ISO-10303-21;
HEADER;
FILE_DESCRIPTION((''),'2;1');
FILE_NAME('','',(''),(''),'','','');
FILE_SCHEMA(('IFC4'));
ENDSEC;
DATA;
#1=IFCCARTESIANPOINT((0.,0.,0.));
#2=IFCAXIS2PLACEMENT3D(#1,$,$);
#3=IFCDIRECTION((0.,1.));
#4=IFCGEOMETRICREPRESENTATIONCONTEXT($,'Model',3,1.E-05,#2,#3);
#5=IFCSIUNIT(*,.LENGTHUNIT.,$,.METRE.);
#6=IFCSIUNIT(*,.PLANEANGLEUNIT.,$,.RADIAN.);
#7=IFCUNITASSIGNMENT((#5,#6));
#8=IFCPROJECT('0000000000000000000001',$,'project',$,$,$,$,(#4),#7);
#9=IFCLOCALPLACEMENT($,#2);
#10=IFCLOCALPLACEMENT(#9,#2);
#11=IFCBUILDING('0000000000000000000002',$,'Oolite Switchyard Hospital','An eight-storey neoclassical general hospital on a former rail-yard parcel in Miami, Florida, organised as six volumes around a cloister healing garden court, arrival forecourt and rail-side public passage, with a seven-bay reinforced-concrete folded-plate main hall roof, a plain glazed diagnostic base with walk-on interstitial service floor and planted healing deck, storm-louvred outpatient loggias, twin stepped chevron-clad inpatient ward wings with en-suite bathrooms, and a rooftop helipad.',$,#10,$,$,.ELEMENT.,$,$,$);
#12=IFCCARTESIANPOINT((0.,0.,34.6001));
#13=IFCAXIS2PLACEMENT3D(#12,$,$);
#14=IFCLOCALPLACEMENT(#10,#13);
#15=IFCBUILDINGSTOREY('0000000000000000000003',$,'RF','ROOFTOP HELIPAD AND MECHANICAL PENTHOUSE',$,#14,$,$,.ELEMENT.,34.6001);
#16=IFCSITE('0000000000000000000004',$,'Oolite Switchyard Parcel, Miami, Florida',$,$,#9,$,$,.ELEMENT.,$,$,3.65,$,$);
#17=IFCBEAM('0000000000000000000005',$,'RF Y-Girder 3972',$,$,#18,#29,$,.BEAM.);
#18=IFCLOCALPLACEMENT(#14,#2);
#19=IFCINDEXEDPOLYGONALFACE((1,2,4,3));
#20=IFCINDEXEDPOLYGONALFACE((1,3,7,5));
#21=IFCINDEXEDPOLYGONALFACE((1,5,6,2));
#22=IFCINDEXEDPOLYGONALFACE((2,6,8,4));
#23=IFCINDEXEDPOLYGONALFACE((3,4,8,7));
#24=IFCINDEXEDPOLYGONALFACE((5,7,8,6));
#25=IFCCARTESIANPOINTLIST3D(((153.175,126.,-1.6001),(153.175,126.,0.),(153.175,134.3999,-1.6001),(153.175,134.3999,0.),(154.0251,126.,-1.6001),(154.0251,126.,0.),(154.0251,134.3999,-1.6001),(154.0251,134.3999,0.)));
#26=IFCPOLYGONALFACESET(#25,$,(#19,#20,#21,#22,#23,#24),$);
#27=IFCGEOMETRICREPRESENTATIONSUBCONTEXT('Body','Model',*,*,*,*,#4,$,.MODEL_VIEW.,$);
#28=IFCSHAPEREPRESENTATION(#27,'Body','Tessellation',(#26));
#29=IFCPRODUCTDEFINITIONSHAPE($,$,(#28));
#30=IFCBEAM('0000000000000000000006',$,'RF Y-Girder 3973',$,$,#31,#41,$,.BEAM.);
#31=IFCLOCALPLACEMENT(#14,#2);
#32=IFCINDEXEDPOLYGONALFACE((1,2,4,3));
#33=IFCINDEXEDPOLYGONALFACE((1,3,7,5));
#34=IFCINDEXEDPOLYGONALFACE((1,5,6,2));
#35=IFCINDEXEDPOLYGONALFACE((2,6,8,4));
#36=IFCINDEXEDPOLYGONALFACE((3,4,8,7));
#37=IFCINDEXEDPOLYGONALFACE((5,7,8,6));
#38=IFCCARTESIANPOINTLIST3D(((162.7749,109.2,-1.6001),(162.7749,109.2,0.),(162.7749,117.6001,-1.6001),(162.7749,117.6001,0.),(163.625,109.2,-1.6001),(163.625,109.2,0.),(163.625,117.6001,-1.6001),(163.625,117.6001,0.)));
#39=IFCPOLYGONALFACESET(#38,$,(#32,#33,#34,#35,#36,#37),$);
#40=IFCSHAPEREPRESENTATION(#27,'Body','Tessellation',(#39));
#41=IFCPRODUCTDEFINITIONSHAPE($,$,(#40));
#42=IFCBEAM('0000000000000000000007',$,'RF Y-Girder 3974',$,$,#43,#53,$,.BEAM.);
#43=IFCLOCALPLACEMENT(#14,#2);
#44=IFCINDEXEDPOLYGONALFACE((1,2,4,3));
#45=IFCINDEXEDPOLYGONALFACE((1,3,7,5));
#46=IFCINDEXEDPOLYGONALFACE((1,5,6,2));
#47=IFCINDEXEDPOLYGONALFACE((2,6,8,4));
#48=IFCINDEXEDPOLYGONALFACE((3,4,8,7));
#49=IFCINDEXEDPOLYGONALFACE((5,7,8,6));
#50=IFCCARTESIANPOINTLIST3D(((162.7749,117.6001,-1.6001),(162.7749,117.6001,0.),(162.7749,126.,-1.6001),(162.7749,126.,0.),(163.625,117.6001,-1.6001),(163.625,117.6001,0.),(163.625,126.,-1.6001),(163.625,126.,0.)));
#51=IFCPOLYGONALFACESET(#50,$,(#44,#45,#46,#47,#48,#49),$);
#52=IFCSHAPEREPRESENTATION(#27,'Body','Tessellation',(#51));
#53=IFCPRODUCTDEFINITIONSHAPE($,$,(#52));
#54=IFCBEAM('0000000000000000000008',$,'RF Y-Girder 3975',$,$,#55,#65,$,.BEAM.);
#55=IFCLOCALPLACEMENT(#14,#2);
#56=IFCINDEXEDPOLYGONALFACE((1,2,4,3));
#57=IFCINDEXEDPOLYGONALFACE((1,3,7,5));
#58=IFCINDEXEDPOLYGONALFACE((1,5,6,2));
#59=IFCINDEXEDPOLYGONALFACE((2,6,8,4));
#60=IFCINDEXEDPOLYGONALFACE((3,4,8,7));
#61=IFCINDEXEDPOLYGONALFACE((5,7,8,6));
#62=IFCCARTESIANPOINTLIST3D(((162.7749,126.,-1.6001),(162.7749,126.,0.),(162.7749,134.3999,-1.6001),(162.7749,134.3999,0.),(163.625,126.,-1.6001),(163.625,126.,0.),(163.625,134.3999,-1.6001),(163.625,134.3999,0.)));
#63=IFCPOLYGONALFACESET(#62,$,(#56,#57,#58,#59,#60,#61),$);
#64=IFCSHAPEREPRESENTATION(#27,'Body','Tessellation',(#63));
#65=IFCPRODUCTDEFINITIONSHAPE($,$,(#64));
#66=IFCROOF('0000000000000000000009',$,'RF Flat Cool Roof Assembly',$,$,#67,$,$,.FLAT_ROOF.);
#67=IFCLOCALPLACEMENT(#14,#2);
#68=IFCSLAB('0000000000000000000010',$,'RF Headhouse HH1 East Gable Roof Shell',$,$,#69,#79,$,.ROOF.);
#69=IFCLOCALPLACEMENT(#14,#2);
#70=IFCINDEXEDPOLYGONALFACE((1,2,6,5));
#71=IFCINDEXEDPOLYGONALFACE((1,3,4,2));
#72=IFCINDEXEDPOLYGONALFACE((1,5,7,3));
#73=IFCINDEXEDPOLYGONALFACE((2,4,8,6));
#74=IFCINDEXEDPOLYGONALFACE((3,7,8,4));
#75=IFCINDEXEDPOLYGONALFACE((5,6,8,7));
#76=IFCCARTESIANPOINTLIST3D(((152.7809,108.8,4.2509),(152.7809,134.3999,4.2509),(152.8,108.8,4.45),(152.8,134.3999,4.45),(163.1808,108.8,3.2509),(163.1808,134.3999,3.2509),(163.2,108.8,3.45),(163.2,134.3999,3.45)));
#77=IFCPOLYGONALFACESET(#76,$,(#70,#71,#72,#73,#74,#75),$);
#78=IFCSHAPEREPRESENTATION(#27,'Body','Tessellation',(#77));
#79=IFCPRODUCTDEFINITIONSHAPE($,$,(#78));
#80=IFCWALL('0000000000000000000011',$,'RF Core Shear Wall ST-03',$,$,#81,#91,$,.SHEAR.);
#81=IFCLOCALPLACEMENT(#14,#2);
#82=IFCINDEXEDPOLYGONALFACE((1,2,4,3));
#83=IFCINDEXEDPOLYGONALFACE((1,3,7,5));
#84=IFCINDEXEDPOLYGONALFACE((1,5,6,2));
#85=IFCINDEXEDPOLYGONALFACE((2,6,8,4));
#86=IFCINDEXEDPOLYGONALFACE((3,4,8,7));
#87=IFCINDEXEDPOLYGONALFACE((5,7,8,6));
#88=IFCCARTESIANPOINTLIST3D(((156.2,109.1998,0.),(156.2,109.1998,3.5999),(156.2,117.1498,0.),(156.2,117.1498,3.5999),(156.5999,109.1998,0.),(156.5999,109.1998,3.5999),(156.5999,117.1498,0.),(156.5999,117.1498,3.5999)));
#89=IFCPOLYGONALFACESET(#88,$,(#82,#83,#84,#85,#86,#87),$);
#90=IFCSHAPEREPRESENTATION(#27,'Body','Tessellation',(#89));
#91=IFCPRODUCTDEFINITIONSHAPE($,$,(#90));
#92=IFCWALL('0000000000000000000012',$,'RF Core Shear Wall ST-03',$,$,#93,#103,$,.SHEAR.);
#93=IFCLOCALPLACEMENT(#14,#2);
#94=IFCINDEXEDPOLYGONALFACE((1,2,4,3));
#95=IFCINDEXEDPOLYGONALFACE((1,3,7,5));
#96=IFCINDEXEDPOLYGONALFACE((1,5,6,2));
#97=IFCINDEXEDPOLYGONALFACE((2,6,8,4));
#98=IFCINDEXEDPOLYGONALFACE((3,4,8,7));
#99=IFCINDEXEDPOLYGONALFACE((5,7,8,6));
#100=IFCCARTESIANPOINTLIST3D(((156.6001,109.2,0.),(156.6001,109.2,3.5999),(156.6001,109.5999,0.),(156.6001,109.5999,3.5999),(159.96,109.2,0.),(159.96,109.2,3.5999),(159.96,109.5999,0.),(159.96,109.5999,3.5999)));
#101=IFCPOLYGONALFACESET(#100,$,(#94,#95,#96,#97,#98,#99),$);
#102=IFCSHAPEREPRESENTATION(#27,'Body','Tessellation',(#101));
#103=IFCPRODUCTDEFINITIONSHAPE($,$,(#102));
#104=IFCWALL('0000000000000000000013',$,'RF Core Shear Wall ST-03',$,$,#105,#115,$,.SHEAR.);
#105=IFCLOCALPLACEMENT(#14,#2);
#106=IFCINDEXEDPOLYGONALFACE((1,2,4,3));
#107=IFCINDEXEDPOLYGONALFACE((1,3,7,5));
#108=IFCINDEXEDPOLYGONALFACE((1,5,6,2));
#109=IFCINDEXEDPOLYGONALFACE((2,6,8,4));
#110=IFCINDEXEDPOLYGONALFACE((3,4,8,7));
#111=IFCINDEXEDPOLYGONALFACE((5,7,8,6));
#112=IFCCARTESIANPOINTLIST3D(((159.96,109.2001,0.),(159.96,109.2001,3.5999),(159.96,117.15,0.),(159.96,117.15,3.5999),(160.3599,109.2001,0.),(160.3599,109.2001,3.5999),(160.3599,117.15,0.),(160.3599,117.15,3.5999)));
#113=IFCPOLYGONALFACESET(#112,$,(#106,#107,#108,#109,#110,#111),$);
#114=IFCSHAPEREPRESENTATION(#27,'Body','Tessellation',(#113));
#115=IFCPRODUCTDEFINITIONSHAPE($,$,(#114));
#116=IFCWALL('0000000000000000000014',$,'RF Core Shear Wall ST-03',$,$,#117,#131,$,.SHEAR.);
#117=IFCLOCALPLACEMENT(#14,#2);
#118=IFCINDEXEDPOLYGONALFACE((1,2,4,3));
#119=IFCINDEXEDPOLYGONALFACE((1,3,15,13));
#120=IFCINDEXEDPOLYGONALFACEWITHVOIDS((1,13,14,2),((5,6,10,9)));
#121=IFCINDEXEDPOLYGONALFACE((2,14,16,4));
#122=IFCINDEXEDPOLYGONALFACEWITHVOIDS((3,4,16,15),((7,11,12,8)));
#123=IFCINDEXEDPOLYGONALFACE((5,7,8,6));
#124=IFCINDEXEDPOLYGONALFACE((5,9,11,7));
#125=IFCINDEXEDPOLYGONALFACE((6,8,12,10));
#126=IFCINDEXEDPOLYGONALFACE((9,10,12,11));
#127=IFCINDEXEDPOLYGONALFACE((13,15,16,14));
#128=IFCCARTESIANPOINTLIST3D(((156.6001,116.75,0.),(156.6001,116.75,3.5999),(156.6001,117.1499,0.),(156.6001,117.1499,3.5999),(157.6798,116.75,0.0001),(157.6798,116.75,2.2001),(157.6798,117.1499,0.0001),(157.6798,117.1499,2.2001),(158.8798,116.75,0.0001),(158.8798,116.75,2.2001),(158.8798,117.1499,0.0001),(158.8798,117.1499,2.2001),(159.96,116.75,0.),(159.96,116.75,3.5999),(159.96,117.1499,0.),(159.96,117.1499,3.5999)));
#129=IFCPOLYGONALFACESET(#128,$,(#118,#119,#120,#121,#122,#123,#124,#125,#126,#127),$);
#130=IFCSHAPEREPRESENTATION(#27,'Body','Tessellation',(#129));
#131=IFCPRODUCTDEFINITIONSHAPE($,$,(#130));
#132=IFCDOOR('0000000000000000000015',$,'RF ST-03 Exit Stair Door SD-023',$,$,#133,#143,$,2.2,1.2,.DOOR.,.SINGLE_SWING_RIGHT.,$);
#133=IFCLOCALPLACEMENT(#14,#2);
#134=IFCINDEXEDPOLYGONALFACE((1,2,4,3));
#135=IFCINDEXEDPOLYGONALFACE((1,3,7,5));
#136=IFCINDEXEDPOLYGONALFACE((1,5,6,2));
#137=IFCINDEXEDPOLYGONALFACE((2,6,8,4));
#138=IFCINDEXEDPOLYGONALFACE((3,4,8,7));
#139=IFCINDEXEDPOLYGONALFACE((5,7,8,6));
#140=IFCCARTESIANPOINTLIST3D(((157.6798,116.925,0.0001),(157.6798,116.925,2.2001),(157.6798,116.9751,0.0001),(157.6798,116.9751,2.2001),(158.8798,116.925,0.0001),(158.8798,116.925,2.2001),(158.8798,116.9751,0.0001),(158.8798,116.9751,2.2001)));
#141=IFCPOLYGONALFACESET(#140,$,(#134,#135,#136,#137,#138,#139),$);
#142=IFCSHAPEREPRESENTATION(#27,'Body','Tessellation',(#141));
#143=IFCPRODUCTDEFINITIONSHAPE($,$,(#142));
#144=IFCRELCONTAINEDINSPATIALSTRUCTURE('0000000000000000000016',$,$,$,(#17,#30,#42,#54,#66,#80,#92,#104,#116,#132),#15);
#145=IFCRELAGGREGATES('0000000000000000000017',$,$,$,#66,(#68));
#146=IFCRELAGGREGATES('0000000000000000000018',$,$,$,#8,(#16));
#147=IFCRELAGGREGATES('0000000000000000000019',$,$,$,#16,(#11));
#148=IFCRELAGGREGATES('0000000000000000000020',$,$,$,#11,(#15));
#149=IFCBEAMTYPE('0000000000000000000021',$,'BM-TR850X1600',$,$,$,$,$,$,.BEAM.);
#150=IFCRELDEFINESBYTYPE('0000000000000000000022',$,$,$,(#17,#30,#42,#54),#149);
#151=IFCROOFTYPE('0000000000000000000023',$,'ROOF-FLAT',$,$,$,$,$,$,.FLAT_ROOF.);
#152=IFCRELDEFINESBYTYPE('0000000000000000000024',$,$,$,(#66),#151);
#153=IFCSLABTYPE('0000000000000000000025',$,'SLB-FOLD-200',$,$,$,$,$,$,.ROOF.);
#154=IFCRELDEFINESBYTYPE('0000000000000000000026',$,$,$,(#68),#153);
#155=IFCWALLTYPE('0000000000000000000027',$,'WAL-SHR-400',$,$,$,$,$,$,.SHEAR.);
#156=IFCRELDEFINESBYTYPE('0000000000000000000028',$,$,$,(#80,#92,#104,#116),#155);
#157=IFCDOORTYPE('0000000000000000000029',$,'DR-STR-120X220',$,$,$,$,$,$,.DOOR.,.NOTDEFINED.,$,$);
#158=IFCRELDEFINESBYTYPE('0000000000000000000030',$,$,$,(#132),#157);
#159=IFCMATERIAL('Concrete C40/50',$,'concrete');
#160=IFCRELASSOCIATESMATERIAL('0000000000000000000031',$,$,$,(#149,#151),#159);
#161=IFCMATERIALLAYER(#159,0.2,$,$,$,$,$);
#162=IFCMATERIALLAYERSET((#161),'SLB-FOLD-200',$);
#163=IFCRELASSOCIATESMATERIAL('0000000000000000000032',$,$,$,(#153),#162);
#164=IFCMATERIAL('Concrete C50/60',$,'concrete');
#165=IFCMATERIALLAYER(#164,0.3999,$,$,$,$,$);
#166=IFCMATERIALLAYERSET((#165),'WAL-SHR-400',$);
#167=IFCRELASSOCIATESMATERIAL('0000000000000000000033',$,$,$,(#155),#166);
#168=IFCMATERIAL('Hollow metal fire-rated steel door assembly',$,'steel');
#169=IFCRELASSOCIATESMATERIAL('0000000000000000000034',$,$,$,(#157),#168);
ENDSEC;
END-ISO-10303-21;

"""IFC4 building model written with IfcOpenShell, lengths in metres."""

from ifc_helpers import new_model, si_unit, direction, frame, frame_2d, origin, origin_2d, place, context, subcontext, project, spatial, polyline, rectangle, outline, extrude, material, layer, layer_set, material_profile, profile_set, type_object, element, fill, aggregate, save


model = new_model("IFC4")

# Units and contexts
model_context = context("Model", 3, precision=1e-05, world=origin(), true_north=direction((0.0, 1.0)))
body_context = subcontext(model_context, "Body", "Model", "MODEL_VIEW")
ifc_project = project(units=[si_unit("LENGTHUNIT", "METRE"), si_unit("PLANEANGLEUNIT", "RADIAN")], contexts=[model_context])

# Site, building, storey
site_placement = place(None, origin())
site = spatial("IfcSite", under=ifc_project, at=site_placement, Name="Oolite Switchyard Parcel, Miami, Florida", CompositionType="ELEMENT", RefElevation=3.65)
building_placement = place(site_placement, origin())
building = spatial("IfcBuilding", under=site, at=building_placement, Name="Oolite Switchyard Hospital", Description="An eight-storey neoclassical general hospital on a former rail-yard parcel in Miami, Florida, organised as six volumes around a cloister healing garden court, arrival forecourt and rail-side public passage, with a seven-bay reinforced-concrete folded-plate main hall roof, a plain glazed diagnostic base with walk-on interstitial service floor and planted healing deck, storm-louvred outpatient loggias, twin stepped chevron-clad inpatient ward wings with en-suite bathrooms, and a rooftop helipad.", CompositionType="ELEMENT")
storey_placement = place(building_placement, frame((0.0, 0.0, 34.6001)))
storey = spatial("IfcBuildingStorey", under=building, at=storey_placement, Name="RF", Description="ROOFTOP HELIPAD AND MECHANICAL PENTHOUSE", CompositionType="ELEMENT", Elevation=34.6001)

# Shared definitions
ifc_material_1 = material(Name="Concrete C50/60", Category="concrete")

# Beams
ifc_material_2 = material(Name="Concrete C40/50", Category="concrete")
ifc_material_profile_1 = material_profile(ifc_material_2, rectangle(XDim=0.8501, YDim=1.6001, at=origin_2d()), Name="RCT850X1600")
ifc_profile_set_1 = profile_set([ifc_material_profile_1], Name="Concrete C40/50")
beam_type_1 = type_object("IfcBeamType", Name="BM-TR850X1600", PredefinedType="BEAM", material=ifc_profile_set_1)
for number, where, z_axis, x_axis, name in (
    (1, (153.6001, 126.0, -0.8), (0.0, 1.0, 0.0), (-1.0, 0.0, 0.0), "RF Y-Girder 3972"),
):
    element("IfcBeam", number, at=place(storey_placement, frame(where, z_axis=z_axis, x_axis=x_axis)), inside=storey, type_object=beam_type_1, Name=name, PredefinedType="BEAM", context=body_context, shape_type="SweptSolid", body=[
        extrude(rectangle(XDim=0.8501, YDim=1.6001, at=origin_2d()), origin(), (0.0, 0.0, 1.0), 8.3999),
    ])
beam_1_placement = place(storey_placement, frame((163.2, 109.2, -0.8), z_axis=(0.0, 1.0, 0.0), x_axis=(-1.0, 0.0, 0.0)))
element("IfcBeam", 2, at=beam_1_placement, inside=storey, type_object=beam_type_1, Name="RF Y-Girder 3973", PredefinedType="BEAM", context=body_context, shape_type="SweptSolid", body=[
    extrude(rectangle(XDim=0.8501, YDim=1.6001, at=origin_2d()), origin(), (0.0, 0.0, 1.0), 8.4001),
])
for number, where, z_axis, x_axis, name in (
    (3, (163.2, 117.6001, -0.8), (0.0, 1.0, 0.0), (-1.0, 0.0, 0.0), "RF Y-Girder 3974"),
    (4, (163.2, 126.0, -0.8), (0.0, 1.0, 0.0), (-1.0, 0.0, 0.0), "RF Y-Girder 3975"),
):
    element("IfcBeam", number, at=place(storey_placement, frame(where, z_axis=z_axis, x_axis=x_axis)), inside=storey, type_object=beam_type_1, Name=name, PredefinedType="BEAM", context=body_context, shape_type="SweptSolid", body=[
        extrude(rectangle(XDim=0.8501, YDim=1.6001, at=origin_2d()), origin(), (0.0, 0.0, 1.0), 8.3999),
    ])

# Roof, slab
roof_type = type_object("IfcRoofType", Name="ROOF-FLAT", PredefinedType="FLAT_ROOF", material=ifc_material_2)
roof_placement = place(storey_placement, origin())
roof = element("IfcRoof", 5, at=roof_placement, inside=storey, type_object=roof_type, Name="RF Flat Cool Roof Assembly", PredefinedType="FLAT_ROOF")
ifc_layer_1 = layer(ifc_material_2, 0.2)
ifc_layer_set_1 = layer_set([ifc_layer_1], Name="SLB-FOLD-200")
slab_type = type_object("IfcSlabType", Name="SLB-FOLD-200", PredefinedType="ROOF", material=ifc_layer_set_1)
slab_placement = place(storey_placement, frame((152.8, 108.8, 4.45), z_axis=(0.095713, 0.0, 0.995409), x_axis=(0.995409, 0.0, -0.095713)))
slab = element("IfcSlab", 6, at=slab_placement, type_object=slab_type, Name="RF Headhouse HH1 East Gable Roof Shell", PredefinedType="ROOF", context=body_context, shape_type="SweptSolid", body=[
    extrude(outline(polyline([(0.0, 0.0), (10.4479, 0.0), (10.4479, 25.5999), (0.0, 25.5999), (0.0, 0.0)])), origin(), (0.0, 0.0, -1.0), 0.2),
])
aggregate(roof, [slab])

# Walls
ifc_layer_2 = layer(ifc_material_1, 0.3999)
ifc_layer_set_2 = layer_set([ifc_layer_2], Name="WAL-SHR-400")
wall_type = type_object("IfcWallType", Name="WAL-SHR-400", PredefinedType="SHEAR", material=ifc_layer_set_2)
wall_1_placement = place(storey_placement, frame((156.3999, 117.1499, 0.0), z_axis=(0.0, 0.0, 1.0), x_axis=(0.0, -1.0, 0.0)))
element("IfcWall", 7, at=wall_1_placement, inside=storey, type_object=wall_type, Name="RF Core Shear Wall ST-03", PredefinedType="SHEAR", context=body_context, shape_type="SweptSolid", body=[
    extrude(rectangle(XDim=7.95, YDim=0.3999, at=frame_2d((3.9751, 0.0))), origin(), (0.0, 0.0, 1.0), 3.5999),
])
wall_2_placement = place(storey_placement, frame((156.6001, 109.3999, 0.0), z_axis=(0.0, 0.0, 1.0), x_axis=(1.0, 0.0, 0.0)))
element("IfcWall", 8, at=wall_2_placement, inside=storey, type_object=wall_type, Name="RF Core Shear Wall ST-03", PredefinedType="SHEAR", context=body_context, shape_type="SweptSolid", body=[
    extrude(rectangle(XDim=3.3599, YDim=0.3999, at=frame_2d((1.6799, 0.0))), origin(), (0.0, 0.0, 1.0), 3.5999),
])
wall_3_placement = place(storey_placement, frame((160.1599, 109.2, 0.0), z_axis=(0.0, 0.0, 1.0), x_axis=(0.0, 1.0, 0.0)))
element("IfcWall", 9, at=wall_3_placement, inside=storey, type_object=wall_type, Name="RF Core Shear Wall ST-03", PredefinedType="SHEAR", context=body_context, shape_type="SweptSolid", body=[
    extrude(rectangle(XDim=7.95, YDim=0.3999, at=frame_2d((3.9751, 0.0))), origin(), (0.0, 0.0, 1.0), 3.5999),
])

# Wall, opening, door
wall_4_placement = place(storey_placement, frame((159.96, 116.95, 0.0), z_axis=(0.0, 0.0, 1.0), x_axis=(-1.0, 0.0, 0.0)))
wall_4 = element("IfcWall", 10, at=wall_4_placement, inside=storey, type_object=wall_type, Name="RF Core Shear Wall ST-03", PredefinedType="SHEAR", context=body_context, shape_type="SweptSolid", body=[
    extrude(rectangle(XDim=3.3599, YDim=0.3999, at=frame_2d((1.6799, 0.0))), origin(), (0.0, 0.0, 1.0), 3.5999),
])
opening_placement = place(wall_4_placement, frame((1.0801, 0.0, 0.0)))
opening = element("IfcOpeningElement", 11, at=opening_placement, cuts=wall_4, PredefinedType="OPENING", context=body_context, shape_type="SweptSolid", body=[
    extrude(rectangle(XDim=1.2, YDim=2.2, at=frame_2d((0.6001, 1.1001))), frame((0.0, 0.21, 0.0), z_axis=(0.0, -1.0, 0.0), x_axis=(1.0, 0.0, 0.0)), (0.0, 0.0, 1.0), 0.4199),
])
ifc_material_3 = material(Name="Hollow metal fire-rated steel door assembly", Category="steel")
door_type = type_object("IfcDoorType", Name="DR-STR-120X220", OperationType="NOTDEFINED", PredefinedType="DOOR", material=ifc_material_3)
door_placement = place(opening_placement, origin())
door = element("IfcDoor", 12, at=door_placement, inside=storey, type_object=door_type, Name="RF ST-03 Exit Stair Door SD-023", OperationType="SINGLE_SWING_RIGHT", OverallHeight=2.2, OverallWidth=1.2, PredefinedType="DOOR", context=body_context, shape_type="SweptSolid", body=[
    extrude(rectangle(XDim=1.2, YDim=2.2, at=frame_2d((0.6001, 1.1001))), frame((0.0, 0.0249, 0.0), z_axis=(0.0, -1.0, 0.0), x_axis=(1.0, 0.0, 0.0)), (0.0, 0.0, 1.0), 0.05),
])
fill(opening, door)

save(model, "model.ifc")
